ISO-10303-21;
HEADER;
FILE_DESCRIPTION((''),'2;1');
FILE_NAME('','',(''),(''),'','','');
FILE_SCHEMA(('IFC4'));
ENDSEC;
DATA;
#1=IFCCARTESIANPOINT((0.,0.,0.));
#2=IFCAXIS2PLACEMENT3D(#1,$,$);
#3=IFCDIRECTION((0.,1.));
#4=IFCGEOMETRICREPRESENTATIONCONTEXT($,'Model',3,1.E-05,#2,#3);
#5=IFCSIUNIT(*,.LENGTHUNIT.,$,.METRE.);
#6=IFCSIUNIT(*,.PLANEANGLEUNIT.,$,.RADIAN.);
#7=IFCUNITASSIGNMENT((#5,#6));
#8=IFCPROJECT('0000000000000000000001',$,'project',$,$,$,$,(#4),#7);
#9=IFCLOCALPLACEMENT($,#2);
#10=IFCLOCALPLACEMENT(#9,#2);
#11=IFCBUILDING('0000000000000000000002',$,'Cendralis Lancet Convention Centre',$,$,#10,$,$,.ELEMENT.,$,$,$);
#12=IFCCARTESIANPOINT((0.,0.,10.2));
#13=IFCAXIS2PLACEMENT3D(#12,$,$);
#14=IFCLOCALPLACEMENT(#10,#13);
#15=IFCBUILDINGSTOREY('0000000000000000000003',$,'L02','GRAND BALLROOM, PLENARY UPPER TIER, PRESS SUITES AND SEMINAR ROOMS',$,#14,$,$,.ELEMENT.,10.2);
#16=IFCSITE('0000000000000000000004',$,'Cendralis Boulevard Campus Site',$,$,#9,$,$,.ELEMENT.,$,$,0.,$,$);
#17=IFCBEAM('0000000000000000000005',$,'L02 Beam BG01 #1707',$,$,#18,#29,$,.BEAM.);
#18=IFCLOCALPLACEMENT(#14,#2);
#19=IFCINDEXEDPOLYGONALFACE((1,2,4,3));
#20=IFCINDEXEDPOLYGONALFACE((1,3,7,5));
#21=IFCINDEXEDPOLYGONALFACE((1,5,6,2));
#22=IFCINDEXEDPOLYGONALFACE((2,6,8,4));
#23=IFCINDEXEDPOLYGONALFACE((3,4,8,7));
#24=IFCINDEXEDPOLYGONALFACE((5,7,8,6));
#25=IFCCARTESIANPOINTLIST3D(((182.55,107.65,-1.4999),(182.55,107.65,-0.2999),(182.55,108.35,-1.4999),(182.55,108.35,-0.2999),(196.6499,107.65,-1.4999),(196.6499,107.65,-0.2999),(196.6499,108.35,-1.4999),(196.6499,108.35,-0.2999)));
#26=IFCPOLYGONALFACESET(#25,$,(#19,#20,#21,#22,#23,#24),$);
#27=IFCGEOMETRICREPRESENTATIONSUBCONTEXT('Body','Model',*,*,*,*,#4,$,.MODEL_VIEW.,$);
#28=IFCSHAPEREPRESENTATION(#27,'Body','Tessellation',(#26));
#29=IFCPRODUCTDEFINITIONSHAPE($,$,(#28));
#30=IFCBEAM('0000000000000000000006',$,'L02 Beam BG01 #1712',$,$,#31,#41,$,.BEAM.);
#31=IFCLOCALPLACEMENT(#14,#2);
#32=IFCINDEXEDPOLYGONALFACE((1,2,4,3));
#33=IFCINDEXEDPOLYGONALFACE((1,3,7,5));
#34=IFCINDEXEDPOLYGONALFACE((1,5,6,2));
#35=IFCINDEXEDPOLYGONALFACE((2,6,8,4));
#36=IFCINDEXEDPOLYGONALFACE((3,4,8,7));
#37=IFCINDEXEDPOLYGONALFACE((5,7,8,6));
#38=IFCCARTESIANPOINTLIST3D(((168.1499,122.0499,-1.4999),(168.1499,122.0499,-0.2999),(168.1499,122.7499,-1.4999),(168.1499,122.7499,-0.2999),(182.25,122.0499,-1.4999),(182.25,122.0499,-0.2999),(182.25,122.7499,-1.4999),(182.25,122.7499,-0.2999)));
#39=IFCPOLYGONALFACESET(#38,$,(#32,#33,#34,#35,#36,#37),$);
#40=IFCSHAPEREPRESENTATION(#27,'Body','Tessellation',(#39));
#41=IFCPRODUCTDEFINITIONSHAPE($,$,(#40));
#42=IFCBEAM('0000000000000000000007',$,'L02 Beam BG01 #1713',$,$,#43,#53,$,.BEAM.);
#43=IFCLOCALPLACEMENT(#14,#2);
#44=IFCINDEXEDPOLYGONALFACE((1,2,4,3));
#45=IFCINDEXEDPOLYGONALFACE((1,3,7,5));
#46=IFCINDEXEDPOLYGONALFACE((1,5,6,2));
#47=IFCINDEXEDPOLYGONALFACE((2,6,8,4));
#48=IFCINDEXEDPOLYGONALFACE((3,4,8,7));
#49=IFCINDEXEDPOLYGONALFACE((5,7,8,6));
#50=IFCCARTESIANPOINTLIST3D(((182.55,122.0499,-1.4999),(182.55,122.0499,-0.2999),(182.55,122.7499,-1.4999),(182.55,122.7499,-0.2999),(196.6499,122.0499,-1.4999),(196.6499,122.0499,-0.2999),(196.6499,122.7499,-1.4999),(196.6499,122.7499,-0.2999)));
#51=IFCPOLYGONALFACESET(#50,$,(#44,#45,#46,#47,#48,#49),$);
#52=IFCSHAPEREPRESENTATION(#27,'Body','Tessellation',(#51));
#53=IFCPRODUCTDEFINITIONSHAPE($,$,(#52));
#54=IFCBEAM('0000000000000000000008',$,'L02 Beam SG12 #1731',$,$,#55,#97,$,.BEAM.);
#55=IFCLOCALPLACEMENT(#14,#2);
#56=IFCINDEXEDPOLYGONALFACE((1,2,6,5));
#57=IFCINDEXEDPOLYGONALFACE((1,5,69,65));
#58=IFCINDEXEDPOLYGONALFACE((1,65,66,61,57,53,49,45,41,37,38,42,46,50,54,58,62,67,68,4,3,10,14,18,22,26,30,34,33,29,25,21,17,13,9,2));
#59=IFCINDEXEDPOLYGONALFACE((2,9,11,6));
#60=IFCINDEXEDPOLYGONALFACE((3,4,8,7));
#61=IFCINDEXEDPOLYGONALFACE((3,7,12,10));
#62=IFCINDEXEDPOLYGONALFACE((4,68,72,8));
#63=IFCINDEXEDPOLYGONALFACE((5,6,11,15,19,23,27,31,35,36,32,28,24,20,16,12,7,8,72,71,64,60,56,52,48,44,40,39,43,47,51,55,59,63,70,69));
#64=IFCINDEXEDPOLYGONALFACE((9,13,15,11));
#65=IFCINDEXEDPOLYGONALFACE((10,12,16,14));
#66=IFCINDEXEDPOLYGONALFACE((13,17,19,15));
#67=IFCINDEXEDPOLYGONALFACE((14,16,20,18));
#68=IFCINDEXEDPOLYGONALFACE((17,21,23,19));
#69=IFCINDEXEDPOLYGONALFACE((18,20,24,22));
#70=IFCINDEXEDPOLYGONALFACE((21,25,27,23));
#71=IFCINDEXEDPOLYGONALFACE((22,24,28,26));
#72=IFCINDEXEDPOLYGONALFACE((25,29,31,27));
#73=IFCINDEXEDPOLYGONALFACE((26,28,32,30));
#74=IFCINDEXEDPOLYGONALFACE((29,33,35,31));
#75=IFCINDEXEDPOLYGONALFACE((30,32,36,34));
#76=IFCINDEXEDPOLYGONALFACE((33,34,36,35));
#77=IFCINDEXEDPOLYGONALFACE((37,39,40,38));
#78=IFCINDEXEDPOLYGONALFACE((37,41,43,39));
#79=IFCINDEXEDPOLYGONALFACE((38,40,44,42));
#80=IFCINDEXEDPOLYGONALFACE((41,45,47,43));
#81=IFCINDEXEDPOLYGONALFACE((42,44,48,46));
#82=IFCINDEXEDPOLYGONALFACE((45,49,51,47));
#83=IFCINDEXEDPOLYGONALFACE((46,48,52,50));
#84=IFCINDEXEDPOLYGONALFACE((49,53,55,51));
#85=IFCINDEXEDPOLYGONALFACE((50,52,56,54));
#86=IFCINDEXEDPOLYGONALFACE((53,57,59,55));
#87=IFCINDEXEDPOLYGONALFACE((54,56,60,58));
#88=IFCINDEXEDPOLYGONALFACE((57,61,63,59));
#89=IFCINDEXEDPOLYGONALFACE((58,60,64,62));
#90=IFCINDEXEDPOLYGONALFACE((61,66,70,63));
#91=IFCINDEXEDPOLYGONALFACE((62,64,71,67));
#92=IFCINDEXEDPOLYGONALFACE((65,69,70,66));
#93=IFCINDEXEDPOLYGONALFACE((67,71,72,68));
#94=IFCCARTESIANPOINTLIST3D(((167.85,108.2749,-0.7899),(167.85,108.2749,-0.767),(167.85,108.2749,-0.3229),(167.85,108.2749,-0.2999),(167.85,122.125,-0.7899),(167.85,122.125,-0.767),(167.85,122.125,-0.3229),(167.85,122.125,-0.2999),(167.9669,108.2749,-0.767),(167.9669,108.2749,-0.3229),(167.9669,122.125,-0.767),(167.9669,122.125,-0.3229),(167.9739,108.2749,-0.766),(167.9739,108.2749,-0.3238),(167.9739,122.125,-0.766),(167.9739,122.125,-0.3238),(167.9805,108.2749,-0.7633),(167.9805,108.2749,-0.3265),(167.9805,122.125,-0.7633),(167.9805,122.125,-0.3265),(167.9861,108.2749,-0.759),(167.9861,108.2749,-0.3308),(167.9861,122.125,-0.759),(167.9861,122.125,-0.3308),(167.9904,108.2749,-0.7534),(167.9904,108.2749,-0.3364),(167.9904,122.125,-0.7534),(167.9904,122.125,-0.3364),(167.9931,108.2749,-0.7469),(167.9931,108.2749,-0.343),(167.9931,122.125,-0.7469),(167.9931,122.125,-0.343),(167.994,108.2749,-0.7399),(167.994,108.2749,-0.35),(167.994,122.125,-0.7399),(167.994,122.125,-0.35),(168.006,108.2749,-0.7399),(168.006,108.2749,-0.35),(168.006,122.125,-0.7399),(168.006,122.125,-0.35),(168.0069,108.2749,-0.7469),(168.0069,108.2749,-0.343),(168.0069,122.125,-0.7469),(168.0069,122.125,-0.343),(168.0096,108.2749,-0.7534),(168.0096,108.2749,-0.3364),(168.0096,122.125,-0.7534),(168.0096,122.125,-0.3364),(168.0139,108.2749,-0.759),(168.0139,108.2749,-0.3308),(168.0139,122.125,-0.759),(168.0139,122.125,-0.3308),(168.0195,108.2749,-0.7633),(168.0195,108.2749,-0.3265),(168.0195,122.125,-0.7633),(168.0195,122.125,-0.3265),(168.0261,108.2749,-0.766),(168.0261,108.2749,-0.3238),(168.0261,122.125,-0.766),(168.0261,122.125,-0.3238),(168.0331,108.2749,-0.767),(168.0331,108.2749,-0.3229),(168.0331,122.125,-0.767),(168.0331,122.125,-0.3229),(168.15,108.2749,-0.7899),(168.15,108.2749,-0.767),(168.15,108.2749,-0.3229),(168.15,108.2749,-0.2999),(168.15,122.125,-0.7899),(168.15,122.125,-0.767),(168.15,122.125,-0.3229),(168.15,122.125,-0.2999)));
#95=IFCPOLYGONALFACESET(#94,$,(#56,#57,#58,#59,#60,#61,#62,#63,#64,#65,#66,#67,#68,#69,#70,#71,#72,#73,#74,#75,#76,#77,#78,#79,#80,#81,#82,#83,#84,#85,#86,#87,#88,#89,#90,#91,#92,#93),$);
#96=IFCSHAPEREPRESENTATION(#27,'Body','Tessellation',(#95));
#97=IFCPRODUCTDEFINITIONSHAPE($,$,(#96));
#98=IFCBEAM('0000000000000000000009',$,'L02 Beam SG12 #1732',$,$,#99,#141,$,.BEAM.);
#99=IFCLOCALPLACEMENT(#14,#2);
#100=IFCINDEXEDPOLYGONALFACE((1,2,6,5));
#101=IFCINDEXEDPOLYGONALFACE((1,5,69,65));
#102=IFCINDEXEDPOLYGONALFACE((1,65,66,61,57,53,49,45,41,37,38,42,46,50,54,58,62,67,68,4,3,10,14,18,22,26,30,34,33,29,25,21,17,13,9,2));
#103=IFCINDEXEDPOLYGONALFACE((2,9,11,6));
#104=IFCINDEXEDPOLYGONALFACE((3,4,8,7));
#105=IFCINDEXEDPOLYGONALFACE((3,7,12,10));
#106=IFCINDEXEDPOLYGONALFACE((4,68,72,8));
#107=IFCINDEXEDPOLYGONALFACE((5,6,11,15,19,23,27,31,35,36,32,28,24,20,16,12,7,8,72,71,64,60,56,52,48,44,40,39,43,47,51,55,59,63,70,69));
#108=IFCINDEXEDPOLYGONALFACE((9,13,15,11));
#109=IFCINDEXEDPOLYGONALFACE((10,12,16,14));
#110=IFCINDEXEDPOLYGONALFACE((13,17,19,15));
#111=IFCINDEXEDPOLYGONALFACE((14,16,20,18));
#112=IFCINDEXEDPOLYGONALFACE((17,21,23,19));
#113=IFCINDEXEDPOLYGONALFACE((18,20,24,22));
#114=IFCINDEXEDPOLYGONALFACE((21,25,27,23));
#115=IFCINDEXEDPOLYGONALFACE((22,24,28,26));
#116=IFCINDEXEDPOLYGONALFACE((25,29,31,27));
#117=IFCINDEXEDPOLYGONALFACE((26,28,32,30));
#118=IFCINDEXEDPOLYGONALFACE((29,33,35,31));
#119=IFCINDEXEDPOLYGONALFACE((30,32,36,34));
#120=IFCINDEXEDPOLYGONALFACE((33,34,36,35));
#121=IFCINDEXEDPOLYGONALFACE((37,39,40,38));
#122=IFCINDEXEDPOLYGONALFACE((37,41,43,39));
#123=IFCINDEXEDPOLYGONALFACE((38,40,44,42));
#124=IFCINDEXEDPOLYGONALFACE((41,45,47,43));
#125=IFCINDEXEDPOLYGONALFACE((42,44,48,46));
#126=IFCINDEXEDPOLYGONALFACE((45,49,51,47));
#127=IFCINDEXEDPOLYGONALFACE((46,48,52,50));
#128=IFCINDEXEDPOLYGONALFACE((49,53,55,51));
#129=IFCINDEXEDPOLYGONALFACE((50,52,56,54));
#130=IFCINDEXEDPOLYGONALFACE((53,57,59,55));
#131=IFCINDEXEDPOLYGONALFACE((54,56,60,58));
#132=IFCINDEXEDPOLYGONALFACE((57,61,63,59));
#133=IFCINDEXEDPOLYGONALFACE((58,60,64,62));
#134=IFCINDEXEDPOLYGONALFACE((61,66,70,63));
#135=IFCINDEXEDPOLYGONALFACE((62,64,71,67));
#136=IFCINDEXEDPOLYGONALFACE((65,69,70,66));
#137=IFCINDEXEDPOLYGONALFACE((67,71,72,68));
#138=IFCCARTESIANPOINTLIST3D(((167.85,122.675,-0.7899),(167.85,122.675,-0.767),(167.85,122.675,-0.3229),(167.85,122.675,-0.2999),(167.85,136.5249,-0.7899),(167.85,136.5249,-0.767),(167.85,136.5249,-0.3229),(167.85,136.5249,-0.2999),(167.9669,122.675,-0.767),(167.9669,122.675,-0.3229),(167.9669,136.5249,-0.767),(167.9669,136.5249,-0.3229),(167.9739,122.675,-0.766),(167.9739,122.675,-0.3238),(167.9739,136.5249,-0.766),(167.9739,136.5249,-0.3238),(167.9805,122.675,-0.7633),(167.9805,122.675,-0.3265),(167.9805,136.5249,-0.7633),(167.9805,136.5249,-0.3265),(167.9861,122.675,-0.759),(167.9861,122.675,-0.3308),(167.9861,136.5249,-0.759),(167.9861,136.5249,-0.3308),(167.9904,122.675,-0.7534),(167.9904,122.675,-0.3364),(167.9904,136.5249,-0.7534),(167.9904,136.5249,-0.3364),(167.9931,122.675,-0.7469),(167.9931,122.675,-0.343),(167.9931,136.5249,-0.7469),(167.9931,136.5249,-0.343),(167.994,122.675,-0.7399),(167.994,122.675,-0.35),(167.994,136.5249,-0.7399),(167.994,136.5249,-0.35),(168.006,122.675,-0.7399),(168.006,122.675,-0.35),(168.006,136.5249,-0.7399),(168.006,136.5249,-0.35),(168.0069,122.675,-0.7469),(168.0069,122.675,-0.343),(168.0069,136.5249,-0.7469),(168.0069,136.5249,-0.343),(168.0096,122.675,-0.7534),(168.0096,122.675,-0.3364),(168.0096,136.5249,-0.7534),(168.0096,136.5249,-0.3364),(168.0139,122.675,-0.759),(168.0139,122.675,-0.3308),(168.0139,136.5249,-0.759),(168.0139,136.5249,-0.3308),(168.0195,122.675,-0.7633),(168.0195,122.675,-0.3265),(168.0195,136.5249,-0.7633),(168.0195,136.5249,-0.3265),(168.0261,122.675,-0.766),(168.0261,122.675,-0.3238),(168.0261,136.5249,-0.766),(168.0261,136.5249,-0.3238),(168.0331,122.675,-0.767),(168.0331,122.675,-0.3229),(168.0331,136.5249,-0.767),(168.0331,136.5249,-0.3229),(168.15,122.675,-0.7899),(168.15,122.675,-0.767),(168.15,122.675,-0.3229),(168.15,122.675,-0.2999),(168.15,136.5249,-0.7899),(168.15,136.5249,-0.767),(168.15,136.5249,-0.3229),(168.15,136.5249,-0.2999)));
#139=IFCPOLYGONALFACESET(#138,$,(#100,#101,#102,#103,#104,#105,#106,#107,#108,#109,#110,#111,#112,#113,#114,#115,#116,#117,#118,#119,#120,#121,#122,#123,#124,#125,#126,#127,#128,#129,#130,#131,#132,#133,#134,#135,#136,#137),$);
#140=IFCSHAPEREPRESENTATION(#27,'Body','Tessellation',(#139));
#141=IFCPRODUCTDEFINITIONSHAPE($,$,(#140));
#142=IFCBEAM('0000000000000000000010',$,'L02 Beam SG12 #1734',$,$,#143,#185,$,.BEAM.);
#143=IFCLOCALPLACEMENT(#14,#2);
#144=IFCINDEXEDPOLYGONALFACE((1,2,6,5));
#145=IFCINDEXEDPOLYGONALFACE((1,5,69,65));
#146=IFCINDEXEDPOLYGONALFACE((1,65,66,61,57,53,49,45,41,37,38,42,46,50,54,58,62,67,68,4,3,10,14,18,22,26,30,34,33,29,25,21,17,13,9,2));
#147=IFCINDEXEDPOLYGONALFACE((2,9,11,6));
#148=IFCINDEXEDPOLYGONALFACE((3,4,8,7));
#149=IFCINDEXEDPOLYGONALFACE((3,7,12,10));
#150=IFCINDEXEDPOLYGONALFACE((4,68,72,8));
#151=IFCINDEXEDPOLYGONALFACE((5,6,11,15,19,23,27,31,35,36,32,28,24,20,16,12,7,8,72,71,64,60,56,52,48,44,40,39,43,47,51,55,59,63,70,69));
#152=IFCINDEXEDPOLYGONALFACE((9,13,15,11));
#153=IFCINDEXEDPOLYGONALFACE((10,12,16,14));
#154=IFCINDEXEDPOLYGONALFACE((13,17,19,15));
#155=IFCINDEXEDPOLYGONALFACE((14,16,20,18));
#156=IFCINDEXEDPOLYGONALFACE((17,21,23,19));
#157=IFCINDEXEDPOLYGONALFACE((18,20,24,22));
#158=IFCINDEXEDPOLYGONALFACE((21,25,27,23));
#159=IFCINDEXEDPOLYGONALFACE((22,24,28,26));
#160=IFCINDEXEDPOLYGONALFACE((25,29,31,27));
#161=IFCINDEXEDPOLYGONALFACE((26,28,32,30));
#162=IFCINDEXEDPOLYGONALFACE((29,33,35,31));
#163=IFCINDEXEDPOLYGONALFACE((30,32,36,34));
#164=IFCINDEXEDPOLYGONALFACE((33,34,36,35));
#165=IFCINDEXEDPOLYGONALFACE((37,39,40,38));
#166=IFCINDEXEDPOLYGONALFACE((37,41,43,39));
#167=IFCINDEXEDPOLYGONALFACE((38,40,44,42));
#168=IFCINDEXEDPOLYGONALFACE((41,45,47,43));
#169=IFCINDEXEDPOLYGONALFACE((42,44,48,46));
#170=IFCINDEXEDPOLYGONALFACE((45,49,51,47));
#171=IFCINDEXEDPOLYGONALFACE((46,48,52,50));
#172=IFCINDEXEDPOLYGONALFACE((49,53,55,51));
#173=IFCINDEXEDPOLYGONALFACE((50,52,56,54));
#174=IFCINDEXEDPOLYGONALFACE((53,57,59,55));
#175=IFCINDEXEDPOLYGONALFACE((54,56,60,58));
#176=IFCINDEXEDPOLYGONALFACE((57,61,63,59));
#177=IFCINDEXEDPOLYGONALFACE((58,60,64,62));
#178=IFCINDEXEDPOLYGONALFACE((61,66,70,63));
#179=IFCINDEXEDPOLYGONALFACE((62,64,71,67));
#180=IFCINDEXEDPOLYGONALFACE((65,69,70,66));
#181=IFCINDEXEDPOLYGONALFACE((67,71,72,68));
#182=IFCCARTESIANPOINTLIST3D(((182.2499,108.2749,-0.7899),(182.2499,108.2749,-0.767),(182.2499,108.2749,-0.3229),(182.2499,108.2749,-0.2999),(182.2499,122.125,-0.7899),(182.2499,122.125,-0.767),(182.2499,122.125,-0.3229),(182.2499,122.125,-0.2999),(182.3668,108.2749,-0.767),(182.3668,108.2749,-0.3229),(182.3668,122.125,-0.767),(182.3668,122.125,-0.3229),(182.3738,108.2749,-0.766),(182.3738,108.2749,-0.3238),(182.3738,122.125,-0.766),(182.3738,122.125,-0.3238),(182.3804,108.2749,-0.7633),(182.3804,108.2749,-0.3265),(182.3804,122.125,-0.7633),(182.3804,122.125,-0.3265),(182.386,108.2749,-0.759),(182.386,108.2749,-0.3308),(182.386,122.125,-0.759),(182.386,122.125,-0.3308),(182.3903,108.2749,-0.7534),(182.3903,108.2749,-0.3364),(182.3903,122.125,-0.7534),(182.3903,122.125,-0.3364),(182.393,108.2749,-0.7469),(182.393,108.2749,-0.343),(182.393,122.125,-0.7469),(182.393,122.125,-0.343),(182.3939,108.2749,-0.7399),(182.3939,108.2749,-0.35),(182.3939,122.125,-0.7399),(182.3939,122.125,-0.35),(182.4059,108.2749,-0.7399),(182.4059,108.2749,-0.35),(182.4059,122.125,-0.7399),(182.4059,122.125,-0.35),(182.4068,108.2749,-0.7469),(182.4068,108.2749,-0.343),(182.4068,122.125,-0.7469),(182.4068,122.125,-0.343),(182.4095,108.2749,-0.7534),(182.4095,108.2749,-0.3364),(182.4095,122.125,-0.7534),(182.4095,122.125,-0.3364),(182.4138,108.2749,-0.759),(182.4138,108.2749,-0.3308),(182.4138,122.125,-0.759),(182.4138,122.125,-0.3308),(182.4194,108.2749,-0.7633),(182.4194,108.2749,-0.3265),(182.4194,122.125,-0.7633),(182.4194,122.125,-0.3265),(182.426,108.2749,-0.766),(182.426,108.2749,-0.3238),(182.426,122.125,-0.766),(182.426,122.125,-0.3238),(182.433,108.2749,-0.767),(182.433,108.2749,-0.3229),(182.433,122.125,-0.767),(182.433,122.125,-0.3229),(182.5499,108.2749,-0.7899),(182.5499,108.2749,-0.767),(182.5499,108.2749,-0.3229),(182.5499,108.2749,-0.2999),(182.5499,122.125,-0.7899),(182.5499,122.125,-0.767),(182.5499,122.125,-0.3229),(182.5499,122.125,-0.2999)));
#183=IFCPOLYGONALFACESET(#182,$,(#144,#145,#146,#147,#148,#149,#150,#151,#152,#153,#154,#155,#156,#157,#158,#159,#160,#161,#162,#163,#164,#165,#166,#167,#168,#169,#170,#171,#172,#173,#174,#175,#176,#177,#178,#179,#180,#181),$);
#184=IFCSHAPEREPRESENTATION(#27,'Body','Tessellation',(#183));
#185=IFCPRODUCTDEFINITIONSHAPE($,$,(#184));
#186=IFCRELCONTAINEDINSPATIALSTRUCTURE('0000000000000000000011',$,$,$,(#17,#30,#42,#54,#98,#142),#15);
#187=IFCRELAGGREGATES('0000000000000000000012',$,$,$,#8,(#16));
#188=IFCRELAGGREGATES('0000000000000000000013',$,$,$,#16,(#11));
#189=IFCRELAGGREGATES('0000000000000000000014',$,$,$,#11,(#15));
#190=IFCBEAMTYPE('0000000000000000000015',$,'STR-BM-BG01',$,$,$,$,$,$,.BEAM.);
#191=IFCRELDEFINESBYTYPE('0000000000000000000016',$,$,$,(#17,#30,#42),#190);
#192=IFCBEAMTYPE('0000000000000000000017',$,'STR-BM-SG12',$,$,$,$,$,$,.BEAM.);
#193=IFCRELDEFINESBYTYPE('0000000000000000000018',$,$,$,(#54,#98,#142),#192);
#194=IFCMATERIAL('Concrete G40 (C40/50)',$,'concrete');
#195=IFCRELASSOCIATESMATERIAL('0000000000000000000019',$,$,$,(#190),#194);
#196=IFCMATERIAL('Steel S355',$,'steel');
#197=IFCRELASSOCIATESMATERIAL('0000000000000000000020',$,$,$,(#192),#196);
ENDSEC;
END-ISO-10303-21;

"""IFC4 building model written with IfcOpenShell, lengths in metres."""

from ifc_helpers import new_model, si_unit, direction, frame, origin, origin_2d, place, context, subcontext, project, spatial, rectangle, i_section, extrude, material, material_profile, profile_set, type_object, element, save


model = new_model("IFC4")

# Units and contexts
model_context = context("Model", 3, precision=1e-05, world=origin(), true_north=direction((0.0, 1.0)))
body_context = subcontext(model_context, "Body", "Model", "MODEL_VIEW")
ifc_project = project(units=[si_unit("LENGTHUNIT", "METRE"), si_unit("PLANEANGLEUNIT", "RADIAN")], contexts=[model_context])

# Site, building, storey
site_placement = place(None, origin())
site = spatial("IfcSite", under=ifc_project, at=site_placement, Name="Cendralis Boulevard Campus Site", CompositionType="ELEMENT", RefElevation=0.0)
building_placement = place(site_placement, origin())
building = spatial("IfcBuilding", under=site, at=building_placement, Name="Cendralis Lancet Convention Centre", CompositionType="ELEMENT")
storey_placement = place(building_placement, frame((0.0, 0.0, 10.2)))
storey = spatial("IfcBuildingStorey", under=building, at=storey_placement, Name="L02", Description="GRAND BALLROOM, PLENARY UPPER TIER, PRESS SUITES AND SEMINAR ROOMS", CompositionType="ELEMENT", Elevation=10.2)

# Shared definitions
ifc_material_1 = material(Name="Steel S355", Category="steel")

# Beams
ifc_material_2 = material(Name="Concrete G40 (C40/50)", Category="concrete")
ifc_material_profile_1 = material_profile(ifc_material_2, rectangle(XDim=0.7, YDim=1.2, at=origin_2d()), Name="RCB 700x1200")
ifc_profile_set_1 = profile_set([ifc_material_profile_1], Name="Concrete G40 (C40/50)")
beam_type_1 = type_object("IfcBeamType", Name="STR-BM-BG01", PredefinedType="BEAM", material=ifc_profile_set_1)
beam_1_placement = place(storey_placement, frame((182.55, 108.0, -0.8999), z_axis=(1.0, 0.0, 0.0), x_axis=(0.0, 1.0, 0.0)))
element("IfcBeam", 1, at=beam_1_placement, inside=storey, type_object=beam_type_1, Name="L02 Beam BG01 #1707", PredefinedType="BEAM", context=body_context, shape_type="SweptSolid", body=[
    extrude(rectangle(XDim=0.7, YDim=1.2, at=origin_2d()), origin(), (0.0, 0.0, 1.0), 14.0999),
])
beam_2_placement = place(storey_placement, frame((168.1499, 122.3999, -0.8999), z_axis=(1.0, 0.0, 0.0), x_axis=(0.0, 1.0, 0.0)))
element("IfcBeam", 2, at=beam_2_placement, inside=storey, type_object=beam_type_1, Name="L02 Beam BG01 #1712", PredefinedType="BEAM", context=body_context, shape_type="SweptSolid", body=[
    extrude(rectangle(XDim=0.7, YDim=1.2, at=origin_2d()), origin(), (0.0, 0.0, 1.0), 14.1001),
])
beam_3_placement = place(storey_placement, frame((182.55, 122.3999, -0.8999), z_axis=(1.0, 0.0, 0.0), x_axis=(0.0, 1.0, 0.0)))
element("IfcBeam", 3, at=beam_3_placement, inside=storey, type_object=beam_type_1, Name="L02 Beam BG01 #1713", PredefinedType="BEAM", context=body_context, shape_type="SweptSolid", body=[
    extrude(rectangle(XDim=0.7, YDim=1.2, at=origin_2d()), origin(), (0.0, 0.0, 1.0), 14.0999),
])
ifc_material_profile_2 = material_profile(ifc_material_1, i_section(OverallWidth=0.3, OverallDepth=0.49, WebThickness=0.012, FlangeThickness=0.0229, FilletRadius=0.0271, at=origin_2d()), Name="HEA 500")
ifc_profile_set_2 = profile_set([ifc_material_profile_2], Name="Steel S355")
beam_type_2 = type_object("IfcBeamType", Name="STR-BM-SG12", PredefinedType="BEAM", material=ifc_profile_set_2)
beam_4_placement = place(storey_placement, frame((168.0, 108.2749, -0.5449), z_axis=(0.0, 1.0, 0.0), x_axis=(-1.0, 0.0, 0.0)))
element("IfcBeam", 4, at=beam_4_placement, inside=storey, type_object=beam_type_2, Name="L02 Beam SG12 #1731", PredefinedType="BEAM", context=body_context, shape_type="SweptSolid", body=[
    extrude(i_section(OverallWidth=0.3, OverallDepth=0.49, WebThickness=0.012, FlangeThickness=0.0229, FilletRadius=0.0271, at=origin_2d()), origin(), (0.0, 0.0, 1.0), 13.8501),
])
beam_5_placement = place(storey_placement, frame((168.0, 122.675, -0.5449), z_axis=(0.0, 1.0, 0.0), x_axis=(-1.0, 0.0, 0.0)))
element("IfcBeam", 5, at=beam_5_placement, inside=storey, type_object=beam_type_2, Name="L02 Beam SG12 #1732", PredefinedType="BEAM", context=body_context, shape_type="SweptSolid", body=[
    extrude(i_section(OverallWidth=0.3, OverallDepth=0.49, WebThickness=0.012, FlangeThickness=0.0229, FilletRadius=0.0271, at=origin_2d()), origin(), (0.0, 0.0, 1.0), 13.8499),
])
beam_6_placement = place(storey_placement, frame((182.3999, 108.2749, -0.5449), z_axis=(0.0, 1.0, 0.0), x_axis=(-1.0, 0.0, 0.0)))
element("IfcBeam", 6, at=beam_6_placement, inside=storey, type_object=beam_type_2, Name="L02 Beam SG12 #1734", PredefinedType="BEAM", context=body_context, shape_type="SweptSolid", body=[
    extrude(i_section(OverallWidth=0.3, OverallDepth=0.49, WebThickness=0.012, FlangeThickness=0.0229, FilletRadius=0.0271, at=origin_2d()), origin(), (0.0, 0.0, 1.0), 13.8501),
])

save(model, "model.ifc")
